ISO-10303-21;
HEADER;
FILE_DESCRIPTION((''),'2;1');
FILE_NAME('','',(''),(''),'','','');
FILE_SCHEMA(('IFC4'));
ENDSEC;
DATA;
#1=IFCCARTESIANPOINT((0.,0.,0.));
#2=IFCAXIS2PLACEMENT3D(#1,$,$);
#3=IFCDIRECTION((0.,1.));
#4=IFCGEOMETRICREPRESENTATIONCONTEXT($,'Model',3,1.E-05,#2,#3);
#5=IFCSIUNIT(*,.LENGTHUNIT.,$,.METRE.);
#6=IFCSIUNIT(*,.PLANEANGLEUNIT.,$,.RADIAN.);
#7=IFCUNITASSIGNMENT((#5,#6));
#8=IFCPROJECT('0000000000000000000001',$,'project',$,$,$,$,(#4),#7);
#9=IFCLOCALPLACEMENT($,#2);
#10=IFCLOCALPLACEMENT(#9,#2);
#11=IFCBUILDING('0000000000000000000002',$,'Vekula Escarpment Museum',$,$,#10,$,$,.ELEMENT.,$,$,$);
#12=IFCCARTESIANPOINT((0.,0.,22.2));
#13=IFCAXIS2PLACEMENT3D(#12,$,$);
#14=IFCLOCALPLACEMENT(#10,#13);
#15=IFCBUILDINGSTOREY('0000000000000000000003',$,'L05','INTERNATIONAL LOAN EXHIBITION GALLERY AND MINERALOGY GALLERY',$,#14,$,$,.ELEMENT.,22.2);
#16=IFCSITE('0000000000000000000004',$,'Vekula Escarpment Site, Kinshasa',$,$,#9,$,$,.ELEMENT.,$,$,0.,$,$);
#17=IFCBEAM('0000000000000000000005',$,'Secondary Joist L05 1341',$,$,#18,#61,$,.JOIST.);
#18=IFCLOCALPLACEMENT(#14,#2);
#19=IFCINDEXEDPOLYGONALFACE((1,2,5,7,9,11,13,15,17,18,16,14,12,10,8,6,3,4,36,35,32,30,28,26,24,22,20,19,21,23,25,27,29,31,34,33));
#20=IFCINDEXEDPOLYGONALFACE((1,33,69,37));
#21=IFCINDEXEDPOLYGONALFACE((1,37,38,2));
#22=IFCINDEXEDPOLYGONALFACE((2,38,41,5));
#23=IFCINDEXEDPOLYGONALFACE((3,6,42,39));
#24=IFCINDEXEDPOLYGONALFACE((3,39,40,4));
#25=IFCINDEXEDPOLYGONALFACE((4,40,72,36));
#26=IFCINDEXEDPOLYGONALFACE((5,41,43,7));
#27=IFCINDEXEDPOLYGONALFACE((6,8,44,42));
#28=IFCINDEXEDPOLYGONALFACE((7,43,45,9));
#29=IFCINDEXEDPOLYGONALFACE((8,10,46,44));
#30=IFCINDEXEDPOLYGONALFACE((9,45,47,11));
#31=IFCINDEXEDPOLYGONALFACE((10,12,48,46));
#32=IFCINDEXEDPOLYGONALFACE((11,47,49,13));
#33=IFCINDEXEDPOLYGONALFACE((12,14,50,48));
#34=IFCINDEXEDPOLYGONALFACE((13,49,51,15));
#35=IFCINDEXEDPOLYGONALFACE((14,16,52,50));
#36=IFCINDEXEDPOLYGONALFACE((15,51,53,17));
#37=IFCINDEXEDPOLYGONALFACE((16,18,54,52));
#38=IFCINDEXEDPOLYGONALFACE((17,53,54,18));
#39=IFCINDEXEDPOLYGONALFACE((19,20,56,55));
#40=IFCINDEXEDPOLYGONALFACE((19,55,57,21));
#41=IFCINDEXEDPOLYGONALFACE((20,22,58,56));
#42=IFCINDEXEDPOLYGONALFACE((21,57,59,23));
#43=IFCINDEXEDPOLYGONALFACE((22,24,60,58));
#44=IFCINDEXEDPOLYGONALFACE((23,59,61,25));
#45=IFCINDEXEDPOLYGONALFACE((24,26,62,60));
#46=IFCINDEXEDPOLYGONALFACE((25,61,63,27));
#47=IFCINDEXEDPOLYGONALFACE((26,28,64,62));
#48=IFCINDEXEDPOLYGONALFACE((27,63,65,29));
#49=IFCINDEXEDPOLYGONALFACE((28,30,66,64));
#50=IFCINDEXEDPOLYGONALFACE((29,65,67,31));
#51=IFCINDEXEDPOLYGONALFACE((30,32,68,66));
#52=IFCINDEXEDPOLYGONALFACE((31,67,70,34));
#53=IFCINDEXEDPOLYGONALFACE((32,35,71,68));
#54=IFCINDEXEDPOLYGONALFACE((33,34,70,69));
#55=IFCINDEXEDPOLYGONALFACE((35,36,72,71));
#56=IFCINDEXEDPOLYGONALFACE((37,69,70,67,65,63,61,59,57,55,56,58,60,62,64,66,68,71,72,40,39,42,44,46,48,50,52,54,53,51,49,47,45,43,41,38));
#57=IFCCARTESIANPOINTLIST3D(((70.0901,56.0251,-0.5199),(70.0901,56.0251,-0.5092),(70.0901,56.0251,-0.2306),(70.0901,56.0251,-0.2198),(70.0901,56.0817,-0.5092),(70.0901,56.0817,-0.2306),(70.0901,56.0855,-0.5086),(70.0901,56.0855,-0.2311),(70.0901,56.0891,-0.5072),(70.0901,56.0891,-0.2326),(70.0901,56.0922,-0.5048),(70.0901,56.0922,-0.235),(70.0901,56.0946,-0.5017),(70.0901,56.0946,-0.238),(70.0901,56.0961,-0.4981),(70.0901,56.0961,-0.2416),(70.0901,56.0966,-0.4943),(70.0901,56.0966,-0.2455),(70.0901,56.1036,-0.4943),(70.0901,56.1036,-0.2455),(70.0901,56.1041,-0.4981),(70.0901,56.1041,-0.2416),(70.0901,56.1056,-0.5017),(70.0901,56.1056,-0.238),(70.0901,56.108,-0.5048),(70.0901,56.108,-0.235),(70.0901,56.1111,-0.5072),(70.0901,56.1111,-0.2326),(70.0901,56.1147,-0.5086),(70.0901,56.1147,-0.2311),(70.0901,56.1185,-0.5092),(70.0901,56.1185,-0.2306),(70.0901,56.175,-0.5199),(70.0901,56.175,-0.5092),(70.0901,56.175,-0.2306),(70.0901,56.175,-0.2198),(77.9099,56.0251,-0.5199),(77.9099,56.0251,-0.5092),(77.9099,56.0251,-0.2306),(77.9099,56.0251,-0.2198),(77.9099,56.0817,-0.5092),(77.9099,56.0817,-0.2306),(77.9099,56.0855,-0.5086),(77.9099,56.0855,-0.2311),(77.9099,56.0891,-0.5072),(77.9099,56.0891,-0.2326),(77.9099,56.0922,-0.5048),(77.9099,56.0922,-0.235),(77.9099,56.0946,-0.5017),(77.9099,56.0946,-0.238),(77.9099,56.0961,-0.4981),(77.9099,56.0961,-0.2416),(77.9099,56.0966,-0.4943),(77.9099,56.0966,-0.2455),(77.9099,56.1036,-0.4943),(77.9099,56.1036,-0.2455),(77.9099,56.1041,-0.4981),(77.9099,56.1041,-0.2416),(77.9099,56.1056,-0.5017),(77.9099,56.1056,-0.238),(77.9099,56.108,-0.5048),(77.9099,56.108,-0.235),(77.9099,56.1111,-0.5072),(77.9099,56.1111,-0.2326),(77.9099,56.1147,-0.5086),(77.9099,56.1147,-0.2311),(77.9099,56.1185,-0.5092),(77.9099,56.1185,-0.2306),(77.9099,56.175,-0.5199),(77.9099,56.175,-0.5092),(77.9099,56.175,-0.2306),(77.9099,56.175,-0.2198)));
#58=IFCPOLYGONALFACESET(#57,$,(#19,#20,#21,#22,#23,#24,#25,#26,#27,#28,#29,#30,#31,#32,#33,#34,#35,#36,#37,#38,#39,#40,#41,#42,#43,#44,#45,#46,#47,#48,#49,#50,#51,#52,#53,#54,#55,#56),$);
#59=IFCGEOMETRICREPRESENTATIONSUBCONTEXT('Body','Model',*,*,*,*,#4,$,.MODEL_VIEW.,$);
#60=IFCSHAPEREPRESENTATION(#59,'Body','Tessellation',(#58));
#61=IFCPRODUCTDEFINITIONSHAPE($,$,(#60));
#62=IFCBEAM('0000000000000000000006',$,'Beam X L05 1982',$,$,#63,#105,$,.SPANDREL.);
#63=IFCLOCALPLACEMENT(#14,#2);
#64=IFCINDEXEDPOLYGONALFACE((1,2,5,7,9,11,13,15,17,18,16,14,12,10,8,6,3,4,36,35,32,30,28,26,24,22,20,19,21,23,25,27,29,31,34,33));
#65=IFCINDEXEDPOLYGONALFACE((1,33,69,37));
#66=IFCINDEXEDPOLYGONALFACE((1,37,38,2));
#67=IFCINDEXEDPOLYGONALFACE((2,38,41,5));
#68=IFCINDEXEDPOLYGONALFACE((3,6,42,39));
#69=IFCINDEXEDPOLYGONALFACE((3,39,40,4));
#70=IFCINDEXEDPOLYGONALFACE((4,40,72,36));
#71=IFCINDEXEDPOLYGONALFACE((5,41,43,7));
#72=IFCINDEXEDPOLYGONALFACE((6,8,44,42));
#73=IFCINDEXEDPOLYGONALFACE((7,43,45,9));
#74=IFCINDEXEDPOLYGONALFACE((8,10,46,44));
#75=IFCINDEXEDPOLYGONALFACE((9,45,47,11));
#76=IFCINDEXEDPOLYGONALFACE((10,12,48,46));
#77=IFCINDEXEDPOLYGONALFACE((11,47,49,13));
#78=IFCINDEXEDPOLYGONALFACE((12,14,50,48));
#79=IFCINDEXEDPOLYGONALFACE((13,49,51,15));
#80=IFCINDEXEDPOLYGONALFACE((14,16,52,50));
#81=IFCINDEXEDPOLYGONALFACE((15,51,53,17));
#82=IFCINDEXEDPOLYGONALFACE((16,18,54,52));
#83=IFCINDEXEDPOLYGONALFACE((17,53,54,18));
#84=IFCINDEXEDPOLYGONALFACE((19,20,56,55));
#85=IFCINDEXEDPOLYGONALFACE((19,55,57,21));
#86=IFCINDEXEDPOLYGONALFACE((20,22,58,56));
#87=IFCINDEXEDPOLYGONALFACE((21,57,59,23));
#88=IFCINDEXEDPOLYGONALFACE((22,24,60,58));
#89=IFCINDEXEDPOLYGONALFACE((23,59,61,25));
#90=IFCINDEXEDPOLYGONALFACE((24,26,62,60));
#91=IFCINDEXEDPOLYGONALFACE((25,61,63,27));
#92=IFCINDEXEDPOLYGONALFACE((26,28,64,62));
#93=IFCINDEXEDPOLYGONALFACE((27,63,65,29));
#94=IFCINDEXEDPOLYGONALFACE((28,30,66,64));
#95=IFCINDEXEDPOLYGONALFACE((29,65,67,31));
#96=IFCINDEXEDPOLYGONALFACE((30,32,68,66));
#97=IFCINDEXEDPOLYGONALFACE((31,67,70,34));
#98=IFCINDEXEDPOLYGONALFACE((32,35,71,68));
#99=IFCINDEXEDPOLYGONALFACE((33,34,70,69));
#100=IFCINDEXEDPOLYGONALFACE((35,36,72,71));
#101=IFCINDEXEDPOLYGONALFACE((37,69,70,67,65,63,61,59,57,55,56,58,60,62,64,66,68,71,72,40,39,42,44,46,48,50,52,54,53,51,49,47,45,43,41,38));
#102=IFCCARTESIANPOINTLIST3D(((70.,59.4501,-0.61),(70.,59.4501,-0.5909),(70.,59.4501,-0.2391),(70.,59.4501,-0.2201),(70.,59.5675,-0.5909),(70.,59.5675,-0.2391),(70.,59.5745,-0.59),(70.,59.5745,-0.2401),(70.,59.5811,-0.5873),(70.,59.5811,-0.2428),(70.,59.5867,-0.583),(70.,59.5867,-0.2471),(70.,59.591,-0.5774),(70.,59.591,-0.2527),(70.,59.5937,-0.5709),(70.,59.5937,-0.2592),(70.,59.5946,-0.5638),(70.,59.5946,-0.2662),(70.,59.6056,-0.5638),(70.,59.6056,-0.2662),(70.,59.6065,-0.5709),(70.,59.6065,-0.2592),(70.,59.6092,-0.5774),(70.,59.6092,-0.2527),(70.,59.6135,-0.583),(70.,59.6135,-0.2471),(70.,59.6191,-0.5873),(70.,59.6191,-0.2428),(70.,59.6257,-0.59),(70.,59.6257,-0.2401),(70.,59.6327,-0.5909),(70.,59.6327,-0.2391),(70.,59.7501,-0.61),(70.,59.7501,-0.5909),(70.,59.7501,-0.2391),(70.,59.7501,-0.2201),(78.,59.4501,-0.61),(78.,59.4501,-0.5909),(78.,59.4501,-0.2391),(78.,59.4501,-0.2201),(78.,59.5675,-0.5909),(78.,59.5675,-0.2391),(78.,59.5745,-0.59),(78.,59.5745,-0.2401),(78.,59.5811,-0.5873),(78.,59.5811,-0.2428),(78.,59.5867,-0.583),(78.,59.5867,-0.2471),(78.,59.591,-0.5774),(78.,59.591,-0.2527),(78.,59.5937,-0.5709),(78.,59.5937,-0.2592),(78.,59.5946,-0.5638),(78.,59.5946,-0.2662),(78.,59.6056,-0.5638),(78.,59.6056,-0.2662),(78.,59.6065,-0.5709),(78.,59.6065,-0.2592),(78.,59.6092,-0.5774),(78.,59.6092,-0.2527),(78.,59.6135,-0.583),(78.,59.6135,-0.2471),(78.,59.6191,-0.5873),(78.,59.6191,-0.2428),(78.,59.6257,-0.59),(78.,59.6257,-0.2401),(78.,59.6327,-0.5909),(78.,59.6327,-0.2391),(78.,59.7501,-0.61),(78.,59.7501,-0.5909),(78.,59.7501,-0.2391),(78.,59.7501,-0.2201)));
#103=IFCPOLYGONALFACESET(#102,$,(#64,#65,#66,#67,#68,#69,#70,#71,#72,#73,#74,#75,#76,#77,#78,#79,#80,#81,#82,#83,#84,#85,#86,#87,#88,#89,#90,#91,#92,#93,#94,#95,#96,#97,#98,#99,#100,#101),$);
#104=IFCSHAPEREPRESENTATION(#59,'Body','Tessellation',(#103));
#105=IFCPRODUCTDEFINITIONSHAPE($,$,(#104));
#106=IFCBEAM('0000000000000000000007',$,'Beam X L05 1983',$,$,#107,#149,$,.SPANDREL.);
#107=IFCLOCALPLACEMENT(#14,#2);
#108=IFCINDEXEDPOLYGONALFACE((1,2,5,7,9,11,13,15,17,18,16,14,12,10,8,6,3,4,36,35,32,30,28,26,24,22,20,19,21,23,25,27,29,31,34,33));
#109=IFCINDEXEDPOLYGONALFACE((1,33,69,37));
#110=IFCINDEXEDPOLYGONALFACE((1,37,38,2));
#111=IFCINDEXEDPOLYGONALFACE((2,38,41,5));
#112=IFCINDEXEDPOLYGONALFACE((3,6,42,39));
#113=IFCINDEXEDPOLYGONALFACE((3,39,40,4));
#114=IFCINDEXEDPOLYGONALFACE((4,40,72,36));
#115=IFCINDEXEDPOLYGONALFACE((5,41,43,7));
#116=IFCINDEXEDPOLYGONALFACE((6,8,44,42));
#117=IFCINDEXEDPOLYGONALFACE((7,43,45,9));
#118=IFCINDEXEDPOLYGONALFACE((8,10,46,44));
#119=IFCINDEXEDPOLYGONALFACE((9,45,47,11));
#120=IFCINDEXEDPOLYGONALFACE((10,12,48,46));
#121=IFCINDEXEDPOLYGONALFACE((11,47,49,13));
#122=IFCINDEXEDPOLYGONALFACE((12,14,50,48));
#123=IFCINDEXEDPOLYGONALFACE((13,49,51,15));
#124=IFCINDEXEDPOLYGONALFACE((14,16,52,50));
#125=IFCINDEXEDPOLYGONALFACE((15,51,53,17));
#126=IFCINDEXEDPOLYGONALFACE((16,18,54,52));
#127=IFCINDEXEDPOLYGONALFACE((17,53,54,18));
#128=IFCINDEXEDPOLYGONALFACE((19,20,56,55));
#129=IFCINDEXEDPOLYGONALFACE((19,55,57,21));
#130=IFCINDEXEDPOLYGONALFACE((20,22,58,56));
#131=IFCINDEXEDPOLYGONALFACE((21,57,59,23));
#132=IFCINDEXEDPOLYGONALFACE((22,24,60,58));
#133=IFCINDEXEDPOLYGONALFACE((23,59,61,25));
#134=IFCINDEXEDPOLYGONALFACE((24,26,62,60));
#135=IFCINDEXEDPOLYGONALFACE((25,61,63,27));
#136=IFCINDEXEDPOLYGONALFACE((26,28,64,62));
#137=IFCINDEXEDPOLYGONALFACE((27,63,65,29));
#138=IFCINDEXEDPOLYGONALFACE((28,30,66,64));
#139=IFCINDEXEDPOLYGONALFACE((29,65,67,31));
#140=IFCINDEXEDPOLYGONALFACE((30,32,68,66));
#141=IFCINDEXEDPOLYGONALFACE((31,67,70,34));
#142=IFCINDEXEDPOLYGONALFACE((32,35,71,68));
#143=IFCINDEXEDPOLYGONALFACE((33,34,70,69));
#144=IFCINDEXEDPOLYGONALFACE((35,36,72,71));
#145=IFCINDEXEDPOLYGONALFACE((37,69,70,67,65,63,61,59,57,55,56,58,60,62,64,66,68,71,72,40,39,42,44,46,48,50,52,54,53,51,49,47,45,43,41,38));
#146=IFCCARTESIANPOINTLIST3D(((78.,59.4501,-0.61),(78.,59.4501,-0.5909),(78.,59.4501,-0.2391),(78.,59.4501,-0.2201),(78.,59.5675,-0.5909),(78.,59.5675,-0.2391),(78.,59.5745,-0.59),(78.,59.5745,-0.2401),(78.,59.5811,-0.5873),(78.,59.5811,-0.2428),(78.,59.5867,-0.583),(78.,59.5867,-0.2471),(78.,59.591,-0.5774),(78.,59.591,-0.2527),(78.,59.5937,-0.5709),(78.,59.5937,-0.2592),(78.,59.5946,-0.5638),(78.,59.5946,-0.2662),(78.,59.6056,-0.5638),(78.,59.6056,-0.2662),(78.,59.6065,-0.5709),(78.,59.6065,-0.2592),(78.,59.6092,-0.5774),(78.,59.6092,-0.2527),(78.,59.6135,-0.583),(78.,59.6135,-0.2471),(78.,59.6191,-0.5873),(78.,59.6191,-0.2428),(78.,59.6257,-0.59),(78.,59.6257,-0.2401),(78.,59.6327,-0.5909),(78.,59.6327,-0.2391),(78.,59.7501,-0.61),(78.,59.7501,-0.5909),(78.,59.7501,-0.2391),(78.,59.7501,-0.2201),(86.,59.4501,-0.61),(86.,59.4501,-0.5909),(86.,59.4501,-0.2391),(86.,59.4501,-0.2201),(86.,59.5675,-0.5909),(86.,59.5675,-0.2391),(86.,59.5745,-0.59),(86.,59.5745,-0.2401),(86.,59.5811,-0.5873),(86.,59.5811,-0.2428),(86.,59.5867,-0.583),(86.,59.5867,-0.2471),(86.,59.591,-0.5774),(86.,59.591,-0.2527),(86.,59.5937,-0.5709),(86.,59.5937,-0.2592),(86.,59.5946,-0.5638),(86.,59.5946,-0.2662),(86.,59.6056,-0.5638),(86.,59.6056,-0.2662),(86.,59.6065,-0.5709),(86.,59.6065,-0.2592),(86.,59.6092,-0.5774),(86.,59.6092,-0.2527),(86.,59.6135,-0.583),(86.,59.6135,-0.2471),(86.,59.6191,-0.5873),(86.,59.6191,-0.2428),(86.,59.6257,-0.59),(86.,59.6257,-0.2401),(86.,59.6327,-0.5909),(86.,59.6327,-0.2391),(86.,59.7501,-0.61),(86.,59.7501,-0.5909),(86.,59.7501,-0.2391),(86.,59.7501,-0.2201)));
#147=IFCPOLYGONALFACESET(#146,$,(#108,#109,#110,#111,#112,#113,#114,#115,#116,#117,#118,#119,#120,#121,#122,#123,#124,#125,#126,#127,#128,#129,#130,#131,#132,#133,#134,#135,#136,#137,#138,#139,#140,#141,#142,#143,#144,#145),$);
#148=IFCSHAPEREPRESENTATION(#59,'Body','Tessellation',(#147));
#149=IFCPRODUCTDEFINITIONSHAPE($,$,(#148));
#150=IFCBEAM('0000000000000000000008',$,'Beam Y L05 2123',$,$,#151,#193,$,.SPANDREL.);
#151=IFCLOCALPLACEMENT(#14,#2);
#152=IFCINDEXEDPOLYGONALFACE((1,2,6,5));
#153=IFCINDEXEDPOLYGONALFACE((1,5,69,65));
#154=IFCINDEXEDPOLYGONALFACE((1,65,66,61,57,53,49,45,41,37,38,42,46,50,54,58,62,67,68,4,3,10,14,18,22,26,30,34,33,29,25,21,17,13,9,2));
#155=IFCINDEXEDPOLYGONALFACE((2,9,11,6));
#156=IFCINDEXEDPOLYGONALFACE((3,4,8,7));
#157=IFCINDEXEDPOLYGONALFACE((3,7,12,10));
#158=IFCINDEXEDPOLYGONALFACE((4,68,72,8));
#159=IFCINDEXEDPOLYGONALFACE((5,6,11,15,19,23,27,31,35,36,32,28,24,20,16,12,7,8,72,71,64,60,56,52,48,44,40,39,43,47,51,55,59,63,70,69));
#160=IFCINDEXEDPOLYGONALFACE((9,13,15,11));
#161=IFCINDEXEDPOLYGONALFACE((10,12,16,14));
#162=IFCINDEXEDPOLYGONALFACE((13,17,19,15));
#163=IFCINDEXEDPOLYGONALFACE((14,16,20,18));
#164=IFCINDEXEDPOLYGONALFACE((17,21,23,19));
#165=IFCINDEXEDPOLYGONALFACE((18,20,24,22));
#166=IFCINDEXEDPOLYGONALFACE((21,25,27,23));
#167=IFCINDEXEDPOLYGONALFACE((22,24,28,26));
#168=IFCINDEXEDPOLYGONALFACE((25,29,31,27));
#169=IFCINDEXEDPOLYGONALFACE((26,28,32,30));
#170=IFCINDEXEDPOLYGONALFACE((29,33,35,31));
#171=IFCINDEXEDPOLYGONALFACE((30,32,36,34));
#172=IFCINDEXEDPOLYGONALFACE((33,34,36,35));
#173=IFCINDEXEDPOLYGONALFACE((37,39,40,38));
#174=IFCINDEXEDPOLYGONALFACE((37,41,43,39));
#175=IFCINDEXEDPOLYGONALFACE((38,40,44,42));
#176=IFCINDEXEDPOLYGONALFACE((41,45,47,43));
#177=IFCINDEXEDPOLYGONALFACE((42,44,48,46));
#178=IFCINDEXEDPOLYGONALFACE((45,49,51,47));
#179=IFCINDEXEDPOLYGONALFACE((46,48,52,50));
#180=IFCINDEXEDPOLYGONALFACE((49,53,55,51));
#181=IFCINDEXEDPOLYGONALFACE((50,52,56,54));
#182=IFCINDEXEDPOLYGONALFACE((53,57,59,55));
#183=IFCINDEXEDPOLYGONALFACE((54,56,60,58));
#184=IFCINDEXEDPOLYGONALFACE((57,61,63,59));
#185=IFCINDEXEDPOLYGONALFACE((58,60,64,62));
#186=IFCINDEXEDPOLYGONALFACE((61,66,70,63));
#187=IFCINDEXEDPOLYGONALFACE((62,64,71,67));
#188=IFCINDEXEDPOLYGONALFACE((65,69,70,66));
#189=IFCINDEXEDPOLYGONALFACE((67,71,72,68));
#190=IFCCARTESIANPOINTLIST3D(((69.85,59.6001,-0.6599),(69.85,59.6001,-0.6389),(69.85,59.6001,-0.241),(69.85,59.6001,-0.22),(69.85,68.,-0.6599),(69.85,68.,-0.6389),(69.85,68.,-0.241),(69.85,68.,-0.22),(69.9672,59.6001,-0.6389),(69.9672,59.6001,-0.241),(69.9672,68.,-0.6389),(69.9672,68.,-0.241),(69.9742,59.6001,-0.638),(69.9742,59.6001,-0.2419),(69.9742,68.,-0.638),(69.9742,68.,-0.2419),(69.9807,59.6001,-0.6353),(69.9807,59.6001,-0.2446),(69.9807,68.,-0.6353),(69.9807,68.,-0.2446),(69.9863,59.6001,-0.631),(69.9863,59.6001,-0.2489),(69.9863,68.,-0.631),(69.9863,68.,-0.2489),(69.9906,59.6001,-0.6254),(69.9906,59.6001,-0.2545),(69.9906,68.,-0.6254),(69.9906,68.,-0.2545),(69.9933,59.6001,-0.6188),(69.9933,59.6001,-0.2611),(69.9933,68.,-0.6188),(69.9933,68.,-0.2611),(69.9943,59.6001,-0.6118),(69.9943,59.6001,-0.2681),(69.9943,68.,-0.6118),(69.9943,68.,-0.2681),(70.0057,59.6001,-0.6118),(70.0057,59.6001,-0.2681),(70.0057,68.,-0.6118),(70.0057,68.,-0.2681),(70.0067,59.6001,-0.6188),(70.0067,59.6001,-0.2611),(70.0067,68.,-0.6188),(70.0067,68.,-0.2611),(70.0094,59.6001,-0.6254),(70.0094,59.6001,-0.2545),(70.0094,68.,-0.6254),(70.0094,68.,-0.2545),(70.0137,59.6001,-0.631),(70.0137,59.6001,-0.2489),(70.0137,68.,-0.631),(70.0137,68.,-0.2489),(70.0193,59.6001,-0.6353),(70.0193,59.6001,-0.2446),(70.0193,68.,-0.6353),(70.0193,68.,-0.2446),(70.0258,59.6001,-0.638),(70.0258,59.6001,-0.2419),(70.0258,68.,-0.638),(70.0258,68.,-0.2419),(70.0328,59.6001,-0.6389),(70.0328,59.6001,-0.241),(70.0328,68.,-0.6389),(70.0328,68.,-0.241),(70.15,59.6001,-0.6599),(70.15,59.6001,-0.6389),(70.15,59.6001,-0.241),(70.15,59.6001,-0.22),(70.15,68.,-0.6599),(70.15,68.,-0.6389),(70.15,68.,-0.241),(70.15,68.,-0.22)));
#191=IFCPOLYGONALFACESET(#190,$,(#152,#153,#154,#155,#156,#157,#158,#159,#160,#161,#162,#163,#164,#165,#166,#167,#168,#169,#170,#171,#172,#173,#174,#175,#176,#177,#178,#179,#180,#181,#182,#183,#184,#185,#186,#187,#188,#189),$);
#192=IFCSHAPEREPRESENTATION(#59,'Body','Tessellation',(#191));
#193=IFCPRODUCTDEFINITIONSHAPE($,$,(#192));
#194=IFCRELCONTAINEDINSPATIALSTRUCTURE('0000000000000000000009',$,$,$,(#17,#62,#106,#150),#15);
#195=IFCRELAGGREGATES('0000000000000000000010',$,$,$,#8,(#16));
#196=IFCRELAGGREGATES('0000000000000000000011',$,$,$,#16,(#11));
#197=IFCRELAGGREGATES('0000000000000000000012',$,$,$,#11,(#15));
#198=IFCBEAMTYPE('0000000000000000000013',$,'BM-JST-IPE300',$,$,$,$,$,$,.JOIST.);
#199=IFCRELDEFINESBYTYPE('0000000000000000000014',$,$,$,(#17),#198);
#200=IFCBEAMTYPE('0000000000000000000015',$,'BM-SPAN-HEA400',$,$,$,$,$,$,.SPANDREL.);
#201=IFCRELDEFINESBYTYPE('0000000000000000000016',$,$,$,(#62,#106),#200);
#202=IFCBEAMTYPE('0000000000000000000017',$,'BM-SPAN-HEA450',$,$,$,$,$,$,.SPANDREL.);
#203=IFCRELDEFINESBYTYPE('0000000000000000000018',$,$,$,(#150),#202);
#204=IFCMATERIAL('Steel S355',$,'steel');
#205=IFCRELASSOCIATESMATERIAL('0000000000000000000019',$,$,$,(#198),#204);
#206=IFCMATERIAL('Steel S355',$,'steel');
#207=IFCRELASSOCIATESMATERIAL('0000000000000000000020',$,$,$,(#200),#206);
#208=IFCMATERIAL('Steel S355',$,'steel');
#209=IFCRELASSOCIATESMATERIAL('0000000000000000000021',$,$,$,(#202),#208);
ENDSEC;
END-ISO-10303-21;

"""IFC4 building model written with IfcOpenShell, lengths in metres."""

from ifc_helpers import new_model, si_unit, direction, frame, origin, origin_2d, place, context, subcontext, project, spatial, i_section, extrude, material, material_profile, profile_set, type_object, element, save


model = new_model("IFC4")

# Units and contexts
model_context = context("Model", 3, precision=1e-05, world=origin(), true_north=direction((0.0, 1.0)))
body_context = subcontext(model_context, "Body", "Model", "MODEL_VIEW")
ifc_project = project(units=[si_unit("LENGTHUNIT", "METRE"), si_unit("PLANEANGLEUNIT", "RADIAN")], contexts=[model_context])

# Site, building, storey
site_placement = place(None, origin())
site = spatial("IfcSite", under=ifc_project, at=site_placement, Name="Vekula Escarpment Site, Kinshasa", CompositionType="ELEMENT", RefElevation=0.0)
building_placement = place(site_placement, origin())
building = spatial("IfcBuilding", under=site, at=building_placement, Name="Vekula Escarpment Museum", CompositionType="ELEMENT")
storey_placement = place(building_placement, frame((0.0, 0.0, 22.2)))
storey = spatial("IfcBuildingStorey", under=building, at=storey_placement, Name="L05", Description="INTERNATIONAL LOAN EXHIBITION GALLERY AND MINERALOGY GALLERY", CompositionType="ELEMENT", Elevation=22.2)

# Beams
ifc_material_1 = material(Name="Steel S355", Category="steel")
ifc_material_profile_1 = material_profile(ifc_material_1, i_section(OverallWidth=0.1499, OverallDepth=0.3, WebThickness=0.0071, FlangeThickness=0.0107, FilletRadius=0.0149, at=origin_2d()), Name="IPE 300")
ifc_profile_set_1 = profile_set([ifc_material_profile_1], Name="Steel S355")
beam_type_1 = type_object("IfcBeamType", Name="BM-JST-IPE300", PredefinedType="JOIST", material=ifc_profile_set_1)
beam_1_placement = place(storey_placement, frame((70.0901, 56.1001, -0.3699), z_axis=(1.0, 0.0, 0.0), x_axis=(0.0, 1.0, 0.0)))
element("IfcBeam", 1, at=beam_1_placement, inside=storey, type_object=beam_type_1, Name="Secondary Joist L05 1341", PredefinedType="JOIST", context=body_context, shape_type="SweptSolid", body=[
    extrude(i_section(OverallWidth=0.1499, OverallDepth=0.3, WebThickness=0.0071, FlangeThickness=0.0107, FilletRadius=0.0149, at=origin_2d()), origin(), (0.0, 0.0, 1.0), 7.8198),
])
ifc_material_2 = material(Name="Steel S355", Category="steel")
ifc_material_profile_2 = material_profile(ifc_material_2, i_section(OverallWidth=0.3, OverallDepth=0.3899, WebThickness=0.011, FlangeThickness=0.019, FilletRadius=0.0271, at=origin_2d()), Name="HEA 400")
ifc_profile_set_2 = profile_set([ifc_material_profile_2], Name="Steel S355")
beam_type_2 = type_object("IfcBeamType", Name="BM-SPAN-HEA400", PredefinedType="SPANDREL", material=ifc_profile_set_2)
for number, where, z_axis, x_axis, name in (
    (2, (70.0, 59.6001, -0.415), (1.0, 0.0, 0.0), (0.0, 1.0, 0.0), "Beam X L05 1982"),
    (3, (78.0, 59.6001, -0.415), (1.0, 0.0, 0.0), (0.0, 1.0, 0.0), "Beam X L05 1983"),
):
    element("IfcBeam", number, at=place(storey_placement, frame(where, z_axis=z_axis, x_axis=x_axis)), inside=storey, type_object=beam_type_2, Name=name, PredefinedType="SPANDREL", context=body_context, shape_type="SweptSolid", body=[
        extrude(i_section(OverallWidth=0.3, OverallDepth=0.3899, WebThickness=0.011, FlangeThickness=0.019, FilletRadius=0.0271, at=origin_2d()), origin(), (0.0, 0.0, 1.0), 8.0),
    ])
ifc_material_3 = material(Name="Steel S355", Category="steel")
ifc_material_profile_3 = material_profile(ifc_material_3, i_section(OverallWidth=0.3, OverallDepth=0.4399, WebThickness=0.0115, FlangeThickness=0.021, FilletRadius=0.0271, at=origin_2d()), Name="HEA 450")
ifc_profile_set_3 = profile_set([ifc_material_profile_3], Name="Steel S355")
beam_type_3 = type_object("IfcBeamType", Name="BM-SPAN-HEA450", PredefinedType="SPANDREL", material=ifc_profile_set_3)
for number, where, z_axis, x_axis, name in (
    (4, (70.0, 59.6001, -0.4399), (0.0, 1.0, 0.0), (-1.0, 0.0, 0.0), "Beam Y L05 2123"),
):
    element("IfcBeam", number, at=place(storey_placement, frame(where, z_axis=z_axis, x_axis=x_axis)), inside=storey, type_object=beam_type_3, Name=name, PredefinedType="SPANDREL", context=body_context, shape_type="SweptSolid", body=[
        extrude(i_section(OverallWidth=0.3, OverallDepth=0.4399, WebThickness=0.0115, FlangeThickness=0.021, FilletRadius=0.0271, at=origin_2d()), origin(), (0.0, 0.0, 1.0), 8.3999),
    ])

save(model, "model.ifc")
